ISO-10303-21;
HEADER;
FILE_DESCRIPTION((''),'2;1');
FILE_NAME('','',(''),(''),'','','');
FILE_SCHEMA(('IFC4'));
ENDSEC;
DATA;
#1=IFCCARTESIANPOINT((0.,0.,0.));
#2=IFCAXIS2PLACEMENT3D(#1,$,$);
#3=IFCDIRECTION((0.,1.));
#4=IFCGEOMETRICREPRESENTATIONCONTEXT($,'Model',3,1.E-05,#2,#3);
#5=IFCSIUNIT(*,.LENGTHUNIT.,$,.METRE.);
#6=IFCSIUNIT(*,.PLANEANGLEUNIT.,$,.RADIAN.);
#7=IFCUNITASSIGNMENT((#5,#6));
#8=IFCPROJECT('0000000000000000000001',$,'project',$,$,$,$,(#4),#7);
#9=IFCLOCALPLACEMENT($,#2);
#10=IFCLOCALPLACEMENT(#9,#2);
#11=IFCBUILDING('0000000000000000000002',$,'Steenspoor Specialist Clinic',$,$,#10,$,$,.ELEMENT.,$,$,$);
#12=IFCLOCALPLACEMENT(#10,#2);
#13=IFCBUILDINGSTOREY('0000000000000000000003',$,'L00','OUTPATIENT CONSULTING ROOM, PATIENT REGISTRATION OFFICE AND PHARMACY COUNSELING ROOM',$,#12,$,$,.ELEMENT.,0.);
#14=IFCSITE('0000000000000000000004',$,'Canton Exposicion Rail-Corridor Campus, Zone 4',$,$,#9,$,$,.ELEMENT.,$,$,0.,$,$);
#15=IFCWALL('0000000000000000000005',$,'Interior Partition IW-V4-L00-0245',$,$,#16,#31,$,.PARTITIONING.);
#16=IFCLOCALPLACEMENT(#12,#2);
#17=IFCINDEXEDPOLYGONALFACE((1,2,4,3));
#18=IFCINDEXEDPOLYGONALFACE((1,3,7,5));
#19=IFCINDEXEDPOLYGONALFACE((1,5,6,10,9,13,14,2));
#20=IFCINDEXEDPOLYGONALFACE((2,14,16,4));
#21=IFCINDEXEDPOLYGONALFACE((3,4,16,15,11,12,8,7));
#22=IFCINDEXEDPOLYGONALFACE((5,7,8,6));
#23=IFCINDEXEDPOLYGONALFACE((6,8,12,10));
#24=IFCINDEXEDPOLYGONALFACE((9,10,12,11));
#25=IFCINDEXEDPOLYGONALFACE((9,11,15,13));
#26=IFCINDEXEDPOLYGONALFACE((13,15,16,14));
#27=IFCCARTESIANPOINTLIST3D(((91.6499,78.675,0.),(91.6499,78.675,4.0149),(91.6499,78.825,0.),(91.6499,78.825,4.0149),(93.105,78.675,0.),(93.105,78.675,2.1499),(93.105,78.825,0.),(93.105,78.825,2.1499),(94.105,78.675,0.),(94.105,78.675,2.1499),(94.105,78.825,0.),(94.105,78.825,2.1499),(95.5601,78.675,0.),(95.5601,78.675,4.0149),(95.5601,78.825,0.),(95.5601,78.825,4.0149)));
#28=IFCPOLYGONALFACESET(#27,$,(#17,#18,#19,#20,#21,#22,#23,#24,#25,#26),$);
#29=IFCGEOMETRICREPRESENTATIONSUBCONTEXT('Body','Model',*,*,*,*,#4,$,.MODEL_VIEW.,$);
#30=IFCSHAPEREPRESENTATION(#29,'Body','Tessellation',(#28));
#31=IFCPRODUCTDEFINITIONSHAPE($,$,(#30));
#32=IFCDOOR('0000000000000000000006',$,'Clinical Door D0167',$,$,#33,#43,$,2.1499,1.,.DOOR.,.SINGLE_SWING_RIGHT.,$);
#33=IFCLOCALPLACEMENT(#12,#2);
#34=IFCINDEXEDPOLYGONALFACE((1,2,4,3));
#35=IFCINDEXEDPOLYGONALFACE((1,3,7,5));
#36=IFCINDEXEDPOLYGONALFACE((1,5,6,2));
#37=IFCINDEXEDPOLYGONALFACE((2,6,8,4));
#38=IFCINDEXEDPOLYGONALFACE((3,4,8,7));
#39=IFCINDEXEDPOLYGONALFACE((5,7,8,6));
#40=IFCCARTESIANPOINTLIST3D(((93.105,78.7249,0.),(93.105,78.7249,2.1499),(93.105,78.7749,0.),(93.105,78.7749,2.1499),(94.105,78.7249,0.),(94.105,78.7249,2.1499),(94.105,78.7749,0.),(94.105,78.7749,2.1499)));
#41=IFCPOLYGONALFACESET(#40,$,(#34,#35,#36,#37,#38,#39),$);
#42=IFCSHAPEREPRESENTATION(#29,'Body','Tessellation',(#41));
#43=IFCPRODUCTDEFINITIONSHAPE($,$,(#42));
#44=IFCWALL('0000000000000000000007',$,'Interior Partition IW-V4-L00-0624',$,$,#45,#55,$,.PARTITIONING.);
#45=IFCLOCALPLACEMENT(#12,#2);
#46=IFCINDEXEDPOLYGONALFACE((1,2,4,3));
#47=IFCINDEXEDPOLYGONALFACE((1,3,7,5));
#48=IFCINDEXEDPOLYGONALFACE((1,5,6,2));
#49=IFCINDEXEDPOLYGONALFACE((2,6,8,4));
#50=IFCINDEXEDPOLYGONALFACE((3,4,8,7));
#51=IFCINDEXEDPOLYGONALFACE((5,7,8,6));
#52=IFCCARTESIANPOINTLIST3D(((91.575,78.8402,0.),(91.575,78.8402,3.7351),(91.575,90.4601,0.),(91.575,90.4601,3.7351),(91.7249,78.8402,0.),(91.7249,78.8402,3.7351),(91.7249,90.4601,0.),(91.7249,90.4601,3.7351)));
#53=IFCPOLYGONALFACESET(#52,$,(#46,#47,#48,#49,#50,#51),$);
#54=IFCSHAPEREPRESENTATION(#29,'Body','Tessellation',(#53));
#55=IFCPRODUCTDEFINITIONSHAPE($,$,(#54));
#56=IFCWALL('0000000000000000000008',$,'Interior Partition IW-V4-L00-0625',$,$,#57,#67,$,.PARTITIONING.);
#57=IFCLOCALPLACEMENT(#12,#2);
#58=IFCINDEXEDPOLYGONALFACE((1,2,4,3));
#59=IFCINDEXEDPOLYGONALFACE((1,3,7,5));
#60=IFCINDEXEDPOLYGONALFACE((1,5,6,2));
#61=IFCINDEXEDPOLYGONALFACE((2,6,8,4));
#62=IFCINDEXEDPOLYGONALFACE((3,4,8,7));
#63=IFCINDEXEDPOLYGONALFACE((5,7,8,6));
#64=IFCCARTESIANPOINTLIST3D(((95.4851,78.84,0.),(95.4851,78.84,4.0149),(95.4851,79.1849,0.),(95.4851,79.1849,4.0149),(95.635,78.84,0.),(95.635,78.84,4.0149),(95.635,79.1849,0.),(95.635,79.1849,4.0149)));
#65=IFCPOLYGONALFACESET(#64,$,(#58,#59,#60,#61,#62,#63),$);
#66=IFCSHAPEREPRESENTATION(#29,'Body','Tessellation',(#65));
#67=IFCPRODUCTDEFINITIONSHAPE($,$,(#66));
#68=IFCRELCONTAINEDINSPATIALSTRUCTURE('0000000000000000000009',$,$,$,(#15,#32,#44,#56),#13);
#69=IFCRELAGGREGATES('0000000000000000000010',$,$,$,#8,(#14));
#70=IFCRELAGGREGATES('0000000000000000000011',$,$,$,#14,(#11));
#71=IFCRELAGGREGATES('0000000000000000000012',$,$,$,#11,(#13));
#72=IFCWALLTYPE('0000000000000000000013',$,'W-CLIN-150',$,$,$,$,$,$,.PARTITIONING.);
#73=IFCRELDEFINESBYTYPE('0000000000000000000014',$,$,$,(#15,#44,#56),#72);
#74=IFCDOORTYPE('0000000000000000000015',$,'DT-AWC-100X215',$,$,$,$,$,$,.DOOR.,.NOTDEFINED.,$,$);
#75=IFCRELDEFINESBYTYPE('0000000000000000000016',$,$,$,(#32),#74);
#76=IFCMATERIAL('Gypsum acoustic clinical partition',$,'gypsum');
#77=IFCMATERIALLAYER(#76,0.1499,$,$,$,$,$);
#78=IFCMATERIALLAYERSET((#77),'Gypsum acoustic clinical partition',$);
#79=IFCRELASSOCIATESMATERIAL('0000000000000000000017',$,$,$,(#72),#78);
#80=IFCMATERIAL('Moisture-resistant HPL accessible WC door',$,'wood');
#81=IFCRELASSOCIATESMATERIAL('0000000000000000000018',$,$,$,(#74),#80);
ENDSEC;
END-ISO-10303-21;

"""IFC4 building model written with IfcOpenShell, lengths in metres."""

from ifc_helpers import new_model, si_unit, direction, frame, frame_2d, origin, place, context, subcontext, project, spatial, rectangle, extrude, material, layer, layer_set, type_object, element, fill, save


model = new_model("IFC4")

# Units and contexts
model_context = context("Model", 3, precision=1e-05, world=origin(), true_north=direction((0.0, 1.0)))
body_context = subcontext(model_context, "Body", "Model", "MODEL_VIEW")
ifc_project = project(units=[si_unit("LENGTHUNIT", "METRE"), si_unit("PLANEANGLEUNIT", "RADIAN")], contexts=[model_context])

# Site, building, storey
site_placement = place(None, origin())
site = spatial("IfcSite", under=ifc_project, at=site_placement, Name="Canton Exposicion Rail-Corridor Campus, Zone 4", CompositionType="ELEMENT", RefElevation=0.0)
building_placement = place(site_placement, origin())
building = spatial("IfcBuilding", under=site, at=building_placement, Name="Steenspoor Specialist Clinic", CompositionType="ELEMENT")
storey_placement = place(building_placement, origin())
storey = spatial("IfcBuildingStorey", under=building, at=storey_placement, Name="L00", Description="OUTPATIENT CONSULTING ROOM, PATIENT REGISTRATION OFFICE AND PHARMACY COUNSELING ROOM", CompositionType="ELEMENT", Elevation=0.0)

# Shared definitions
ifc_material_1 = material(Name="Gypsum acoustic clinical partition", Category="gypsum")
ifc_layer_1 = layer(ifc_material_1, 0.1499)
ifc_layer_set_1 = layer_set([ifc_layer_1], Name="Gypsum acoustic clinical partition")
wall_type_1 = type_object("IfcWallType", Name="W-CLIN-150", PredefinedType="PARTITIONING", material=ifc_layer_set_1)

# Wall, opening, door
wall_1_placement = place(storey_placement, frame((91.6499, 78.75, 0.0), z_axis=(0.0, 0.0, 1.0), x_axis=(1.0, 0.0, 0.0)))
wall_1 = element("IfcWall", 1, at=wall_1_placement, inside=storey, type_object=wall_type_1, Name="Interior Partition IW-V4-L00-0245", PredefinedType="PARTITIONING", context=body_context, shape_type="SweptSolid", body=[
    extrude(rectangle(XDim=3.9102, YDim=0.1499, at=frame_2d((1.9551, 0.0))), origin(), (0.0, 0.0, 1.0), 4.0149),
])
opening_1_placement = place(wall_1_placement, frame((1.4551, 0.0, 0.0)))
opening_1 = element("IfcOpeningElement", 2, at=opening_1_placement, cuts=wall_1, PredefinedType="OPENING", context=body_context, shape_type="SweptSolid", body=[
    extrude(rectangle(XDim=1.0, YDim=2.1499, at=frame_2d((0.5, 1.075))), frame((0.0, 0.085, 0.0), z_axis=(0.0, -1.0, 0.0), x_axis=(1.0, 0.0, 0.0)), (0.0, 0.0, 1.0), 0.1699),
])
ifc_material_2 = material(Name="Moisture-resistant HPL accessible WC door", Category="wood")
door_type = type_object("IfcDoorType", Name="DT-AWC-100X215", OperationType="NOTDEFINED", PredefinedType="DOOR", material=ifc_material_2)
door_1_placement = place(opening_1_placement, origin())
door_1 = element("IfcDoor", 3, at=door_1_placement, inside=storey, type_object=door_type, Name="Clinical Door D0167", OperationType="SINGLE_SWING_RIGHT", OverallHeight=2.1499, OverallWidth=1.0, PredefinedType="DOOR", context=body_context, shape_type="SweptSolid", body=[
    extrude(rectangle(XDim=1.0, YDim=2.1499, at=frame_2d((0.5, 1.075))), frame((0.0, 0.0249, 0.0), z_axis=(0.0, -1.0, 0.0), x_axis=(1.0, 0.0, 0.0)), (0.0, 0.0, 1.0), 0.05),
])
fill(opening_1, door_1)

# Walls
wall_2_placement = place(storey_placement, frame((91.6499, 78.8401, 0.0), z_axis=(0.0, 0.0, 1.0), x_axis=(0.0, 1.0, 0.0)))
element("IfcWall", 4, at=wall_2_placement, inside=storey, type_object=wall_type_1, Name="Interior Partition IW-V4-L00-0624", PredefinedType="PARTITIONING", context=body_context, shape_type="SweptSolid", body=[
    extrude(rectangle(XDim=11.6199, YDim=0.1499, at=frame_2d((5.8101, 0.0))), origin(), (0.0, 0.0, 1.0), 3.7351),
])
wall_3_placement = place(storey_placement, frame((95.5601, 78.8401, 0.0), z_axis=(0.0, 0.0, 1.0), x_axis=(0.0, 1.0, 0.0)))
element("IfcWall", 5, at=wall_3_placement, inside=storey, type_object=wall_type_1, Name="Interior Partition IW-V4-L00-0625", PredefinedType="PARTITIONING", context=body_context, shape_type="SweptSolid", body=[
    extrude(rectangle(XDim=0.345, YDim=0.1499, at=frame_2d((0.1724, 0.0))), origin(), (0.0, 0.0, 1.0), 4.0149),
])

save(model, "model.ifc")
